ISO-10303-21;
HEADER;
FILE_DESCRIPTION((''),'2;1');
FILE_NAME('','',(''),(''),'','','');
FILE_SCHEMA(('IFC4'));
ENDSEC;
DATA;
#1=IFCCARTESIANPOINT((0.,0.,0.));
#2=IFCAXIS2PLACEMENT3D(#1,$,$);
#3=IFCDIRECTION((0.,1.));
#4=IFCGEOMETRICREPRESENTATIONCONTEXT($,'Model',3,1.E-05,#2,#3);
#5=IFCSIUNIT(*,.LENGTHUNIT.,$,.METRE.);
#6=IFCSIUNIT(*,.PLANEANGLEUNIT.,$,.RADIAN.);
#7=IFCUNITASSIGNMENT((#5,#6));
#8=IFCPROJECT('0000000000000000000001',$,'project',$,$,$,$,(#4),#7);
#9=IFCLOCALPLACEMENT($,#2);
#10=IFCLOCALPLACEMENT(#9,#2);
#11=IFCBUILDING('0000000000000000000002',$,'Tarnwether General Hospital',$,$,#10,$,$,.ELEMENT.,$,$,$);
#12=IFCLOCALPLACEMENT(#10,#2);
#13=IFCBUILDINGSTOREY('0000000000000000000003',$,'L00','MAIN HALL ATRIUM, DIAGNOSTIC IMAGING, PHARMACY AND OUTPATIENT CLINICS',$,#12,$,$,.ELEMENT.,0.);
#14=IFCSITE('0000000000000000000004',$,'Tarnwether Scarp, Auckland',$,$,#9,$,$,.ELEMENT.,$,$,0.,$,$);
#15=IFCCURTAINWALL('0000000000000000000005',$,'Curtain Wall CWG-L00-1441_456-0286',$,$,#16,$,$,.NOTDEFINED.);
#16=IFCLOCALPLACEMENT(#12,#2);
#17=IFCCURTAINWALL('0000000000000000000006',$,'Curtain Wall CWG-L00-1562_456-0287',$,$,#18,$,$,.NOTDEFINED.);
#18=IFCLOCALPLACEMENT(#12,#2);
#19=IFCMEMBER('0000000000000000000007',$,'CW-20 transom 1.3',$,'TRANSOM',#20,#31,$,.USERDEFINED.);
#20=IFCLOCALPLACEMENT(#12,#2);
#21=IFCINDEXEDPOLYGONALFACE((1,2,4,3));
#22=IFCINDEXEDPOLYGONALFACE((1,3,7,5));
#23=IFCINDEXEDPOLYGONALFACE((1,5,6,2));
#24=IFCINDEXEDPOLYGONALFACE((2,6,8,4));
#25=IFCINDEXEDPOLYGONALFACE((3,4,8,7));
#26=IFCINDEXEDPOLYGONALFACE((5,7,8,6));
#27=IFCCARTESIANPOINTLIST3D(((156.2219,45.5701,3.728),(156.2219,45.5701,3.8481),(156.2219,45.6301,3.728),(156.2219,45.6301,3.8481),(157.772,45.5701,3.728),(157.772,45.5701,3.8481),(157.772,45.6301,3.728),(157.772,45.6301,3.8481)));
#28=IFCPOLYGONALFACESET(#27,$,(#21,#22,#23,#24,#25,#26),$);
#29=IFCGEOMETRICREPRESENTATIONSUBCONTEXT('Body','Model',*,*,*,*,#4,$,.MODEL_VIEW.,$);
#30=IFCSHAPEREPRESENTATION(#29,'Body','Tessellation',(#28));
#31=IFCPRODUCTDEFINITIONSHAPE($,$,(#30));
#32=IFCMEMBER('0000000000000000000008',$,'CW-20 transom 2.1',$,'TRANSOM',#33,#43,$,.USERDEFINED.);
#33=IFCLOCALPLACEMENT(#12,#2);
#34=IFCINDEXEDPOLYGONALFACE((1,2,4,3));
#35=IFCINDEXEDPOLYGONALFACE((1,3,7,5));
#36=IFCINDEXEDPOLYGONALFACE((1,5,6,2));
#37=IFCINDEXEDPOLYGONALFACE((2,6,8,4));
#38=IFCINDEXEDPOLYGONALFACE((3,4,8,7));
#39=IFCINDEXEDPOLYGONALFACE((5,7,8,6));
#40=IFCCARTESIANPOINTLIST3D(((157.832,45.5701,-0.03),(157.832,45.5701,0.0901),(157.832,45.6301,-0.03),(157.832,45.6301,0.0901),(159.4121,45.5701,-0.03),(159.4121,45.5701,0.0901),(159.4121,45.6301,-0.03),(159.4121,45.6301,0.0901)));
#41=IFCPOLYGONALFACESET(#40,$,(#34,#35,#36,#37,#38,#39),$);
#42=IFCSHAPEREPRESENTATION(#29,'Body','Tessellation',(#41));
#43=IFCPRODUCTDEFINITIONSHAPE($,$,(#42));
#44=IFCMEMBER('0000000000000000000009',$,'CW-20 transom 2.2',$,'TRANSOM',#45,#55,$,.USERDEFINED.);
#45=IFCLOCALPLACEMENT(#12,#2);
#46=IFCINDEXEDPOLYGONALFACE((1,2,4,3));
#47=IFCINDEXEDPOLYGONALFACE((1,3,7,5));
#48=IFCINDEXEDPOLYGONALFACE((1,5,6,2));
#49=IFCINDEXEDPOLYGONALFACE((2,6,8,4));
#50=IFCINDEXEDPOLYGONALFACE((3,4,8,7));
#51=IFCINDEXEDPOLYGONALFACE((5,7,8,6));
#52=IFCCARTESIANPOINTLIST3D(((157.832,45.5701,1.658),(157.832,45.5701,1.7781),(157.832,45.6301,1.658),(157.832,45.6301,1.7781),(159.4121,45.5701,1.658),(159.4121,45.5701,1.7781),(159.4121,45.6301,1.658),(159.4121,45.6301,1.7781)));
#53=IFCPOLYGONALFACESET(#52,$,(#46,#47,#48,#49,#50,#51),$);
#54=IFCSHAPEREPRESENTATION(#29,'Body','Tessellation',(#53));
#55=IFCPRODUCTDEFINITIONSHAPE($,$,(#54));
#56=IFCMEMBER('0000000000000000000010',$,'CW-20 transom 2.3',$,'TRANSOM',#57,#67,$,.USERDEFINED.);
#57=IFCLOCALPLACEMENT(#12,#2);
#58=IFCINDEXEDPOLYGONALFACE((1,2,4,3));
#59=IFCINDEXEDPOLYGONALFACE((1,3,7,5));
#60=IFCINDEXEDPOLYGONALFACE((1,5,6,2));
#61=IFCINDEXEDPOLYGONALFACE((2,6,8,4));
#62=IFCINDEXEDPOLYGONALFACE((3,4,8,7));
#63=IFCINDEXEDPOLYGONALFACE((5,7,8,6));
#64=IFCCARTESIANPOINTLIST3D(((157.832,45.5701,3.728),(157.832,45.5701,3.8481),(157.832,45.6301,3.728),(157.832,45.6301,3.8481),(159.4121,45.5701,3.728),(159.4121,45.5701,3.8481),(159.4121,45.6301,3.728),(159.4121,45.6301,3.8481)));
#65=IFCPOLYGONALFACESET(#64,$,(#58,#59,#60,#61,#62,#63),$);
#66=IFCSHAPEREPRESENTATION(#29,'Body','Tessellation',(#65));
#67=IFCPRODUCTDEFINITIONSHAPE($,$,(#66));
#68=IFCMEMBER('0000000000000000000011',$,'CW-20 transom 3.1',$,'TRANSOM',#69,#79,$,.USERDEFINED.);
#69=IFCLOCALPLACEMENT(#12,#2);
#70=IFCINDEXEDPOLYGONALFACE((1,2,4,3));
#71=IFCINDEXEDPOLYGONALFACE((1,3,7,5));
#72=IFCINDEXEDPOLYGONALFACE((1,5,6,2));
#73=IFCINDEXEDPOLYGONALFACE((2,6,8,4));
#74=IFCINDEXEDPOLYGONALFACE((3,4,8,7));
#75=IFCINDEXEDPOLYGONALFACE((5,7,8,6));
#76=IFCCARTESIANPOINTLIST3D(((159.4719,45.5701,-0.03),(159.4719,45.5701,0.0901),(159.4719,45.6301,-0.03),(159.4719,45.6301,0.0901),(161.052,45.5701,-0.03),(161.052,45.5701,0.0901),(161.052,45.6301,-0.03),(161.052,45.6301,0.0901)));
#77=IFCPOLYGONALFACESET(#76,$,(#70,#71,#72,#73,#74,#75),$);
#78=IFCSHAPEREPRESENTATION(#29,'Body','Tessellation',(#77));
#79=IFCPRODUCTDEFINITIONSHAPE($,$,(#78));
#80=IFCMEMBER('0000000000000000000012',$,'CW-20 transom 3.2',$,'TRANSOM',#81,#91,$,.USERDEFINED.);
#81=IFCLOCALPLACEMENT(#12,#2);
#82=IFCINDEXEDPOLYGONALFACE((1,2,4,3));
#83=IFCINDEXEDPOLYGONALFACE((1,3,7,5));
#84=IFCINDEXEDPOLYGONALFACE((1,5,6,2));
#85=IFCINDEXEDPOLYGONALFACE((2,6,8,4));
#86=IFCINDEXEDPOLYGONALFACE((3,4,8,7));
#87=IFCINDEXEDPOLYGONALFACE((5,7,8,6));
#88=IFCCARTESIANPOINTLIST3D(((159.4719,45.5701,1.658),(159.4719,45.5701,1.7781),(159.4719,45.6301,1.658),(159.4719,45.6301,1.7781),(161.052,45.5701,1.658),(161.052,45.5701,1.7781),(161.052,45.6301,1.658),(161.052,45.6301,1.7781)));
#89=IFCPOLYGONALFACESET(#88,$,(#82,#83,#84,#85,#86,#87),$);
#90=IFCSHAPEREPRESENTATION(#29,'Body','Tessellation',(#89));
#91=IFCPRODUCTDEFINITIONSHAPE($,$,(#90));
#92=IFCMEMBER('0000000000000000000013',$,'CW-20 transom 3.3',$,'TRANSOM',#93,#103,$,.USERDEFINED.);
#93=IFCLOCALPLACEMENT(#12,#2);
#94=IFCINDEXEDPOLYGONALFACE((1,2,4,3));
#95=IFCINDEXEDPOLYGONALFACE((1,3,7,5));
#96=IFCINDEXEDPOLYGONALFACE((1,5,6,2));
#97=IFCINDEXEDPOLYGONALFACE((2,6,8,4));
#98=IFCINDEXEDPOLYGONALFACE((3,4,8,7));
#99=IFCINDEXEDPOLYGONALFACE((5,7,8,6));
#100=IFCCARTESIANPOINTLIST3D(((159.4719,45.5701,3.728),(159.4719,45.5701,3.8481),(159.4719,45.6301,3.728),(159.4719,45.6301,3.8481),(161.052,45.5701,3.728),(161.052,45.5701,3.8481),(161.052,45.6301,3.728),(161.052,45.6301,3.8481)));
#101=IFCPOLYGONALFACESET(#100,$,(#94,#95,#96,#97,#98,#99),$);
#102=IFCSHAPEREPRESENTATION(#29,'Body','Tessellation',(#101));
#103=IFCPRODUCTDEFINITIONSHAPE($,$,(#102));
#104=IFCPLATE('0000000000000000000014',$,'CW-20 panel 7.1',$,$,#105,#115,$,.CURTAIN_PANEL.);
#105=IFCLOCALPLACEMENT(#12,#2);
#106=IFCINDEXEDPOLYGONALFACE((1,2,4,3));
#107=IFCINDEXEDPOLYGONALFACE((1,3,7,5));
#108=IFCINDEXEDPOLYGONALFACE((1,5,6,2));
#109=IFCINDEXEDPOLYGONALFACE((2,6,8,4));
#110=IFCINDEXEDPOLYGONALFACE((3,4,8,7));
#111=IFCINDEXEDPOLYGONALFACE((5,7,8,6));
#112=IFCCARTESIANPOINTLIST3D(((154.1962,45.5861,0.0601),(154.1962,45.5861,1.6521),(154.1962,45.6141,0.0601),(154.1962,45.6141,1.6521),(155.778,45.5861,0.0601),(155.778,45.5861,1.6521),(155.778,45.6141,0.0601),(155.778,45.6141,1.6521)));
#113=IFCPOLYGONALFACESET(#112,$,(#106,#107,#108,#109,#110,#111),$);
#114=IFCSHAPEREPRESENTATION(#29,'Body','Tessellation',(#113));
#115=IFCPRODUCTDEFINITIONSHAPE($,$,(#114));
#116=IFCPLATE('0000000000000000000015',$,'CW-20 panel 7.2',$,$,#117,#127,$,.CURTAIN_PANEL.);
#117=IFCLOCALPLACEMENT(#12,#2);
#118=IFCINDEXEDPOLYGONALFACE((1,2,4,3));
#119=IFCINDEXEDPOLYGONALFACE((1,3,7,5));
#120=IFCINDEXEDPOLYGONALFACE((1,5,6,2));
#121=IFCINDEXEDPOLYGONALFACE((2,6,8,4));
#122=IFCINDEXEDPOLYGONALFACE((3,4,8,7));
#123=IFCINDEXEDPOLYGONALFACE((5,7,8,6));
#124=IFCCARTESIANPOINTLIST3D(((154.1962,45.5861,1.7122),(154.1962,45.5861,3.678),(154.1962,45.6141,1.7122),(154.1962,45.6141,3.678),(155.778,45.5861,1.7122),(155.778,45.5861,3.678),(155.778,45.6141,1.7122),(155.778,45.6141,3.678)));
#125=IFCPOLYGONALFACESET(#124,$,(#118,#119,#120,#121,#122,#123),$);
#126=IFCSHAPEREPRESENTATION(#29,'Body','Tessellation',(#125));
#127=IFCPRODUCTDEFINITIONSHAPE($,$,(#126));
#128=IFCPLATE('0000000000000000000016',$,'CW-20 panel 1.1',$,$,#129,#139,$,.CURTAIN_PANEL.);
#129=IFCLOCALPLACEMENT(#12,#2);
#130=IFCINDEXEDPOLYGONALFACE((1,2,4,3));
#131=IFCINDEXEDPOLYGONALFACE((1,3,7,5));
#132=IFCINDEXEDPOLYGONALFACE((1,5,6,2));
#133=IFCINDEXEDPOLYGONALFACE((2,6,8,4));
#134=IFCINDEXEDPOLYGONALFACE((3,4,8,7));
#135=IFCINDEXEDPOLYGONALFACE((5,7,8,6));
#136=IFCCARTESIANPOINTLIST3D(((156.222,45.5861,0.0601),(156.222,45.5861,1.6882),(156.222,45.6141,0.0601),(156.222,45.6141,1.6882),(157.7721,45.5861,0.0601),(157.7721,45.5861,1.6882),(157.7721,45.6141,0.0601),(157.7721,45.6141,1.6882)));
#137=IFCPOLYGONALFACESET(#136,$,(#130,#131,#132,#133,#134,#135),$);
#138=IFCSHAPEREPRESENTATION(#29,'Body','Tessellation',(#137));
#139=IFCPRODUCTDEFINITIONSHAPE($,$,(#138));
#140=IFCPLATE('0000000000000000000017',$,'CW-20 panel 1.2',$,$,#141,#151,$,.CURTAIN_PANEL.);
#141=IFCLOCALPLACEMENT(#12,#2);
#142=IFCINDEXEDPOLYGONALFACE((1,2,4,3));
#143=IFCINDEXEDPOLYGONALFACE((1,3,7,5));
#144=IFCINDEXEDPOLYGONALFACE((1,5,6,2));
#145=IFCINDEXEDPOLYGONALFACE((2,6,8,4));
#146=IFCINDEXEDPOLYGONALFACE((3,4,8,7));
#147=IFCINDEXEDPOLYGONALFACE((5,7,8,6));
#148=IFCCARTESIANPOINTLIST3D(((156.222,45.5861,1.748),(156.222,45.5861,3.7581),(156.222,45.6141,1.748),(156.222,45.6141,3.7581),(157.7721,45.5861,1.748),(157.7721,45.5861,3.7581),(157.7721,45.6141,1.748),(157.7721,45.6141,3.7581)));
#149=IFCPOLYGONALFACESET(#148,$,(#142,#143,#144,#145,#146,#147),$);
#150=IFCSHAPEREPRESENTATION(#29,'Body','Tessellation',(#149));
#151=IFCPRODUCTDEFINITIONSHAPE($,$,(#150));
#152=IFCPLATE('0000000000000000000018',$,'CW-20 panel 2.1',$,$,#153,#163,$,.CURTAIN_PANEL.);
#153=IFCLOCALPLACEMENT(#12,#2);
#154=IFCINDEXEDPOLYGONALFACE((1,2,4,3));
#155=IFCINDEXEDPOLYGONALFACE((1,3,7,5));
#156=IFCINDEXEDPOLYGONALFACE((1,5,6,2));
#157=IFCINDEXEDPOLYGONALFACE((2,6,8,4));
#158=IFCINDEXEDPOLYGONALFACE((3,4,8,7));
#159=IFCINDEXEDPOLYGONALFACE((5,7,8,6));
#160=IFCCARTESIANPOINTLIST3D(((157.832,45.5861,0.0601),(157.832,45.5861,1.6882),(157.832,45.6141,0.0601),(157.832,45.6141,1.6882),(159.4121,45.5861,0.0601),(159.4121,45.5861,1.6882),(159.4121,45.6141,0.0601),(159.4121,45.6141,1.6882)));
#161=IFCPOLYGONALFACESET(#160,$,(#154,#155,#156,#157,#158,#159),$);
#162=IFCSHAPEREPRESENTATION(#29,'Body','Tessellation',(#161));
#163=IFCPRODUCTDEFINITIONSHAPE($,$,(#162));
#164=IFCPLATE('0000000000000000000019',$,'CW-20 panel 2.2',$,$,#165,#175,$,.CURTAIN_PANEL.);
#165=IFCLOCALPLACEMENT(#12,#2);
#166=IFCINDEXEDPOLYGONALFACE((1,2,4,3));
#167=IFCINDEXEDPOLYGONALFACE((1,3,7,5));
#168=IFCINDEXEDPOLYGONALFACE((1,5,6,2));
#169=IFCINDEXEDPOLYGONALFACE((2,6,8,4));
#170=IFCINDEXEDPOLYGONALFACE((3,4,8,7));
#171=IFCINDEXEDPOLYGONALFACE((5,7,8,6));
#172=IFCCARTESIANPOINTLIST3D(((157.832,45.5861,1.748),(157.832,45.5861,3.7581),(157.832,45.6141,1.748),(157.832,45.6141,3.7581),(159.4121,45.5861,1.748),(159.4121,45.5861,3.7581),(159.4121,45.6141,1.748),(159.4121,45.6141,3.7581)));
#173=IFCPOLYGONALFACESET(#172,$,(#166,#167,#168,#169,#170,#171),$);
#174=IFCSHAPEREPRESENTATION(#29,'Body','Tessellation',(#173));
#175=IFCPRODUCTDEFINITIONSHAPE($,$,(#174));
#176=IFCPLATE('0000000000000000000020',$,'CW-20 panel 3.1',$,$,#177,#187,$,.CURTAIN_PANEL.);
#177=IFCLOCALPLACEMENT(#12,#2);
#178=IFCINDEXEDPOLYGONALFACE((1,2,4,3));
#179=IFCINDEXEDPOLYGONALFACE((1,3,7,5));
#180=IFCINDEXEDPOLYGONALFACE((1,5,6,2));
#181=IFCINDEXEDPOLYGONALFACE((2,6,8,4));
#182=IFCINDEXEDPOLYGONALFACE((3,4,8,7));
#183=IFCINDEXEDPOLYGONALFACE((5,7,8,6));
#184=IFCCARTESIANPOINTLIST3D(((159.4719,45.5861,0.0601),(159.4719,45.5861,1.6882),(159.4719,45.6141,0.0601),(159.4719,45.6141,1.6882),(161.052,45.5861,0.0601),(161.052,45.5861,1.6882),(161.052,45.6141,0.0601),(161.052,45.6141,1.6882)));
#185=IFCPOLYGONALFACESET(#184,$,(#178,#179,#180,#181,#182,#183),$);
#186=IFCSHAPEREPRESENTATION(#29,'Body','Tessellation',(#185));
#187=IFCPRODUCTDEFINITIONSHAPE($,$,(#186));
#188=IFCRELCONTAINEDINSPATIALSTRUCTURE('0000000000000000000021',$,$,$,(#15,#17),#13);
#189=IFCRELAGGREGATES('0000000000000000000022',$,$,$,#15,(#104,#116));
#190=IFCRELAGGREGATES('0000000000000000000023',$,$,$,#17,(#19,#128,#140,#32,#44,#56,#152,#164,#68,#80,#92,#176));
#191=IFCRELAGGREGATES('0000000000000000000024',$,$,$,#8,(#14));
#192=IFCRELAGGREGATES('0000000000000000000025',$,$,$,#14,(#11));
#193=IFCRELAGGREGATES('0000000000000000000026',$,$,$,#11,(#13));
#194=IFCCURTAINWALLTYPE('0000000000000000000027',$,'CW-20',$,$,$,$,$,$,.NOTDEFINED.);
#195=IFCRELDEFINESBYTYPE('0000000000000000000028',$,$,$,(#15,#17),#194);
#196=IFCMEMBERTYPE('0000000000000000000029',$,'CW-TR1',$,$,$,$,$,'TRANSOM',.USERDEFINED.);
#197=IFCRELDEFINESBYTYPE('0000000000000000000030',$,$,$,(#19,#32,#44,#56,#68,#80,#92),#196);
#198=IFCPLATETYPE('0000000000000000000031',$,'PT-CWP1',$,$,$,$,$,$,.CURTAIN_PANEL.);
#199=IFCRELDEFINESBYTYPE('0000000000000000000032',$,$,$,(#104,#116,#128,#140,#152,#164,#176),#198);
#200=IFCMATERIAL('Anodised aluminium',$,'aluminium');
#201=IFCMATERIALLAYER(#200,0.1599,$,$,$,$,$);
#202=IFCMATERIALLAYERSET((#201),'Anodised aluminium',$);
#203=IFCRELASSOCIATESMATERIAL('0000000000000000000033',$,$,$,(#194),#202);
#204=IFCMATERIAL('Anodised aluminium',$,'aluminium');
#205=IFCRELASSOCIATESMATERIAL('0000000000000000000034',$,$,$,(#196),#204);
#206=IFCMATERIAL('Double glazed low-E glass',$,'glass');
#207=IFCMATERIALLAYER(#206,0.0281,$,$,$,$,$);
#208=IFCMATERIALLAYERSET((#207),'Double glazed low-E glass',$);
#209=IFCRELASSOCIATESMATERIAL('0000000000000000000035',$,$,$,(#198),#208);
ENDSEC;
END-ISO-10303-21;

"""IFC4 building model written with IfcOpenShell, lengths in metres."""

from ifc_helpers import new_model, si_unit, direction, frame, origin, origin_2d, place, context, subcontext, project, spatial, rectangle, extrude, material, layer, layer_set, material_profile, profile_set, type_object, element, aggregate, save


model = new_model("IFC4")

# Units and contexts
model_context = context("Model", 3, precision=1e-05, world=origin(), true_north=direction((0.0, 1.0)))
body_context = subcontext(model_context, "Body", "Model", "MODEL_VIEW")
ifc_project = project(units=[si_unit("LENGTHUNIT", "METRE"), si_unit("PLANEANGLEUNIT", "RADIAN")], contexts=[model_context])

# Site, building, storey
site_placement = place(None, origin())
site = spatial("IfcSite", under=ifc_project, at=site_placement, Name="Tarnwether Scarp, Auckland", CompositionType="ELEMENT", RefElevation=0.0)
building_placement = place(site_placement, origin())
building = spatial("IfcBuilding", under=site, at=building_placement, Name="Tarnwether General Hospital", CompositionType="ELEMENT")
storey_placement = place(building_placement, origin())
storey = spatial("IfcBuildingStorey", under=building, at=storey_placement, Name="L00", Description="MAIN HALL ATRIUM, DIAGNOSTIC IMAGING, PHARMACY AND OUTPATIENT CLINICS", CompositionType="ELEMENT", Elevation=0.0)

# Curtain wall
ifc_material_1 = material(Name="Anodised aluminium", Category="aluminium")
ifc_layer_1 = layer(ifc_material_1, 0.1599)
ifc_layer_set_1 = layer_set([ifc_layer_1], Name="Anodised aluminium")
curtain_wall_type = type_object("IfcCurtainWallType", Name="CW-20", PredefinedType="NOTDEFINED", material=ifc_layer_set_1)
curtain_wall_1_placement = place(storey_placement, origin())
curtain_wall_1 = element("IfcCurtainWall", 1, at=curtain_wall_1_placement, inside=storey, type_object=curtain_wall_type, Name="Curtain Wall CWG-L00-1441_456-0286", PredefinedType="NOTDEFINED")

# Curtain wall
curtain_wall_2_placement = place(storey_placement, origin())
curtain_wall_2 = element("IfcCurtainWall", 2, at=curtain_wall_2_placement, inside=storey, type_object=curtain_wall_type, Name="Curtain Wall CWG-L00-1562_456-0287", PredefinedType="NOTDEFINED")

# Members
ifc_material_2 = material(Name="Anodised aluminium", Category="aluminium")
ifc_material_profile_1 = material_profile(ifc_material_2, rectangle(XDim=0.0601, YDim=0.1201, at=origin_2d()), Name="ALU-TRN-60x120")
ifc_profile_set_1 = profile_set([ifc_material_profile_1], Name="Anodised aluminium")
member_type_1 = type_object("IfcMemberType", Name="CW-TR1", ElementType="TRANSOM", PredefinedType="USERDEFINED", material=ifc_profile_set_1)
member_1_placement = place(storey_placement, frame((156.2219, 45.6001, 3.7881), z_axis=(1.0, 0.0, 0.0), x_axis=(0.0, 1.0, 0.0)))
member_1 = element("IfcMember", 3, at=member_1_placement, type_object=member_type_1, Name="CW-20 transom 1.3", ObjectType="TRANSOM", PredefinedType="USERDEFINED", context=body_context, shape_type="SweptSolid", body=[
    extrude(rectangle(XDim=0.0601, YDim=0.1201, at=origin_2d()), origin(), (0.0, 0.0, 1.0), 1.55),
])
member_2_placement = place(storey_placement, frame((157.832, 45.6001, 0.03), z_axis=(1.0, 0.0, 0.0), x_axis=(0.0, 1.0, 0.0)))
member_2 = element("IfcMember", 4, at=member_2_placement, type_object=member_type_1, Name="CW-20 transom 2.1", ObjectType="TRANSOM", PredefinedType="USERDEFINED", context=body_context, shape_type="SweptSolid", body=[
    extrude(rectangle(XDim=0.0601, YDim=0.1201, at=origin_2d()), origin(), (0.0, 0.0, 1.0), 1.5801),
])
member_3_placement = place(storey_placement, frame((157.832, 45.6001, 1.718), z_axis=(1.0, 0.0, 0.0), x_axis=(0.0, 1.0, 0.0)))
member_3 = element("IfcMember", 5, at=member_3_placement, type_object=member_type_1, Name="CW-20 transom 2.2", ObjectType="TRANSOM", PredefinedType="USERDEFINED", context=body_context, shape_type="SweptSolid", body=[
    extrude(rectangle(XDim=0.0601, YDim=0.1201, at=origin_2d()), origin(), (0.0, 0.0, 1.0), 1.5801),
])
member_4_placement = place(storey_placement, frame((157.832, 45.6001, 3.7881), z_axis=(1.0, 0.0, 0.0), x_axis=(0.0, 1.0, 0.0)))
member_4 = element("IfcMember", 6, at=member_4_placement, type_object=member_type_1, Name="CW-20 transom 2.3", ObjectType="TRANSOM", PredefinedType="USERDEFINED", context=body_context, shape_type="SweptSolid", body=[
    extrude(rectangle(XDim=0.0601, YDim=0.1201, at=origin_2d()), origin(), (0.0, 0.0, 1.0), 1.5801),
])
member_5_placement = place(storey_placement, frame((159.4719, 45.6001, 0.03), z_axis=(1.0, 0.0, 0.0), x_axis=(0.0, 1.0, 0.0)))
member_5 = element("IfcMember", 7, at=member_5_placement, type_object=member_type_1, Name="CW-20 transom 3.1", ObjectType="TRANSOM", PredefinedType="USERDEFINED", context=body_context, shape_type="SweptSolid", body=[
    extrude(rectangle(XDim=0.0601, YDim=0.1201, at=origin_2d()), origin(), (0.0, 0.0, 1.0), 1.5801),
])
member_6_placement = place(storey_placement, frame((159.4719, 45.6001, 1.718), z_axis=(1.0, 0.0, 0.0), x_axis=(0.0, 1.0, 0.0)))
member_6 = element("IfcMember", 8, at=member_6_placement, type_object=member_type_1, Name="CW-20 transom 3.2", ObjectType="TRANSOM", PredefinedType="USERDEFINED", context=body_context, shape_type="SweptSolid", body=[
    extrude(rectangle(XDim=0.0601, YDim=0.1201, at=origin_2d()), origin(), (0.0, 0.0, 1.0), 1.5801),
])
member_7_placement = place(storey_placement, frame((159.4719, 45.6001, 3.7881), z_axis=(1.0, 0.0, 0.0), x_axis=(0.0, 1.0, 0.0)))
member_7 = element("IfcMember", 9, at=member_7_placement, type_object=member_type_1, Name="CW-20 transom 3.3", ObjectType="TRANSOM", PredefinedType="USERDEFINED", context=body_context, shape_type="SweptSolid", body=[
    extrude(rectangle(XDim=0.0601, YDim=0.1201, at=origin_2d()), origin(), (0.0, 0.0, 1.0), 1.5801),
])

# Plates
ifc_material_3 = material(Name="Double glazed low-E glass", Category="glass")
ifc_layer_2 = layer(ifc_material_3, 0.0281)
ifc_layer_set_2 = layer_set([ifc_layer_2], Name="Double glazed low-E glass")
plate_type = type_object("IfcPlateType", Name="PT-CWP1", PredefinedType="CURTAIN_PANEL", material=ifc_layer_set_2)
plate_1_placement = place(storey_placement, frame((154.9871, 45.6001, 0.0601), z_axis=(0.0, 0.0, 1.0), x_axis=(1.0, 0.0, 0.0)))
plate_1 = element("IfcPlate", 10, at=plate_1_placement, type_object=plate_type, Name="CW-20 panel 7.1", PredefinedType="CURTAIN_PANEL", context=body_context, shape_type="SweptSolid", body=[
    extrude(rectangle(XDim=1.5818, YDim=0.0281, at=origin_2d()), origin(), (0.0, 0.0, 1.0), 1.592),
])
plate_2_placement = place(storey_placement, frame((154.9871, 45.6001, 1.7122), z_axis=(0.0, 0.0, 1.0), x_axis=(1.0, 0.0, 0.0)))
plate_2 = element("IfcPlate", 11, at=plate_2_placement, type_object=plate_type, Name="CW-20 panel 7.2", PredefinedType="CURTAIN_PANEL", context=body_context, shape_type="SweptSolid", body=[
    extrude(rectangle(XDim=1.5818, YDim=0.0281, at=origin_2d()), origin(), (0.0, 0.0, 1.0), 1.9658),
])
aggregate(curtain_wall_1, [plate_1, plate_2])
plate_3_placement = place(storey_placement, frame((156.9971, 45.6001, 0.0601), z_axis=(0.0, 0.0, 1.0), x_axis=(1.0, 0.0, 0.0)))
plate_3 = element("IfcPlate", 12, at=plate_3_placement, type_object=plate_type, Name="CW-20 panel 1.1", PredefinedType="CURTAIN_PANEL", context=body_context, shape_type="SweptSolid", body=[
    extrude(rectangle(XDim=1.55, YDim=0.0281, at=origin_2d()), origin(), (0.0, 0.0, 1.0), 1.6282),
])
plate_4_placement = place(storey_placement, frame((156.9971, 45.6001, 1.748), z_axis=(0.0, 0.0, 1.0), x_axis=(1.0, 0.0, 0.0)))
plate_4 = element("IfcPlate", 13, at=plate_4_placement, type_object=plate_type, Name="CW-20 panel 1.2", PredefinedType="CURTAIN_PANEL", context=body_context, shape_type="SweptSolid", body=[
    extrude(rectangle(XDim=1.55, YDim=0.0281, at=origin_2d()), origin(), (0.0, 0.0, 1.0), 2.01),
])
plate_5_placement = place(storey_placement, frame((158.6221, 45.6001, 0.0601), z_axis=(0.0, 0.0, 1.0), x_axis=(1.0, 0.0, 0.0)))
plate_5 = element("IfcPlate", 14, at=plate_5_placement, type_object=plate_type, Name="CW-20 panel 2.1", PredefinedType="CURTAIN_PANEL", context=body_context, shape_type="SweptSolid", body=[
    extrude(rectangle(XDim=1.5801, YDim=0.0281, at=origin_2d()), origin(), (0.0, 0.0, 1.0), 1.6282),
])
plate_6_placement = place(storey_placement, frame((158.6221, 45.6001, 1.748), z_axis=(0.0, 0.0, 1.0), x_axis=(1.0, 0.0, 0.0)))
plate_6 = element("IfcPlate", 15, at=plate_6_placement, type_object=plate_type, Name="CW-20 panel 2.2", PredefinedType="CURTAIN_PANEL", context=body_context, shape_type="SweptSolid", body=[
    extrude(rectangle(XDim=1.5801, YDim=0.0281, at=origin_2d()), origin(), (0.0, 0.0, 1.0), 2.01),
])
plate_7_placement = place(storey_placement, frame((160.262, 45.6001, 0.0601), z_axis=(0.0, 0.0, 1.0), x_axis=(1.0, 0.0, 0.0)))
plate_7 = element("IfcPlate", 16, at=plate_7_placement, type_object=plate_type, Name="CW-20 panel 3.1", PredefinedType="CURTAIN_PANEL", context=body_context, shape_type="SweptSolid", body=[
    extrude(rectangle(XDim=1.5801, YDim=0.0281, at=origin_2d()), origin(), (0.0, 0.0, 1.0), 1.6282),
])
aggregate(curtain_wall_2, [member_1, plate_3, plate_4, member_2, member_3, member_4, plate_5, plate_6, member_5, member_6, member_7, plate_7])

save(model, "model.ifc")
